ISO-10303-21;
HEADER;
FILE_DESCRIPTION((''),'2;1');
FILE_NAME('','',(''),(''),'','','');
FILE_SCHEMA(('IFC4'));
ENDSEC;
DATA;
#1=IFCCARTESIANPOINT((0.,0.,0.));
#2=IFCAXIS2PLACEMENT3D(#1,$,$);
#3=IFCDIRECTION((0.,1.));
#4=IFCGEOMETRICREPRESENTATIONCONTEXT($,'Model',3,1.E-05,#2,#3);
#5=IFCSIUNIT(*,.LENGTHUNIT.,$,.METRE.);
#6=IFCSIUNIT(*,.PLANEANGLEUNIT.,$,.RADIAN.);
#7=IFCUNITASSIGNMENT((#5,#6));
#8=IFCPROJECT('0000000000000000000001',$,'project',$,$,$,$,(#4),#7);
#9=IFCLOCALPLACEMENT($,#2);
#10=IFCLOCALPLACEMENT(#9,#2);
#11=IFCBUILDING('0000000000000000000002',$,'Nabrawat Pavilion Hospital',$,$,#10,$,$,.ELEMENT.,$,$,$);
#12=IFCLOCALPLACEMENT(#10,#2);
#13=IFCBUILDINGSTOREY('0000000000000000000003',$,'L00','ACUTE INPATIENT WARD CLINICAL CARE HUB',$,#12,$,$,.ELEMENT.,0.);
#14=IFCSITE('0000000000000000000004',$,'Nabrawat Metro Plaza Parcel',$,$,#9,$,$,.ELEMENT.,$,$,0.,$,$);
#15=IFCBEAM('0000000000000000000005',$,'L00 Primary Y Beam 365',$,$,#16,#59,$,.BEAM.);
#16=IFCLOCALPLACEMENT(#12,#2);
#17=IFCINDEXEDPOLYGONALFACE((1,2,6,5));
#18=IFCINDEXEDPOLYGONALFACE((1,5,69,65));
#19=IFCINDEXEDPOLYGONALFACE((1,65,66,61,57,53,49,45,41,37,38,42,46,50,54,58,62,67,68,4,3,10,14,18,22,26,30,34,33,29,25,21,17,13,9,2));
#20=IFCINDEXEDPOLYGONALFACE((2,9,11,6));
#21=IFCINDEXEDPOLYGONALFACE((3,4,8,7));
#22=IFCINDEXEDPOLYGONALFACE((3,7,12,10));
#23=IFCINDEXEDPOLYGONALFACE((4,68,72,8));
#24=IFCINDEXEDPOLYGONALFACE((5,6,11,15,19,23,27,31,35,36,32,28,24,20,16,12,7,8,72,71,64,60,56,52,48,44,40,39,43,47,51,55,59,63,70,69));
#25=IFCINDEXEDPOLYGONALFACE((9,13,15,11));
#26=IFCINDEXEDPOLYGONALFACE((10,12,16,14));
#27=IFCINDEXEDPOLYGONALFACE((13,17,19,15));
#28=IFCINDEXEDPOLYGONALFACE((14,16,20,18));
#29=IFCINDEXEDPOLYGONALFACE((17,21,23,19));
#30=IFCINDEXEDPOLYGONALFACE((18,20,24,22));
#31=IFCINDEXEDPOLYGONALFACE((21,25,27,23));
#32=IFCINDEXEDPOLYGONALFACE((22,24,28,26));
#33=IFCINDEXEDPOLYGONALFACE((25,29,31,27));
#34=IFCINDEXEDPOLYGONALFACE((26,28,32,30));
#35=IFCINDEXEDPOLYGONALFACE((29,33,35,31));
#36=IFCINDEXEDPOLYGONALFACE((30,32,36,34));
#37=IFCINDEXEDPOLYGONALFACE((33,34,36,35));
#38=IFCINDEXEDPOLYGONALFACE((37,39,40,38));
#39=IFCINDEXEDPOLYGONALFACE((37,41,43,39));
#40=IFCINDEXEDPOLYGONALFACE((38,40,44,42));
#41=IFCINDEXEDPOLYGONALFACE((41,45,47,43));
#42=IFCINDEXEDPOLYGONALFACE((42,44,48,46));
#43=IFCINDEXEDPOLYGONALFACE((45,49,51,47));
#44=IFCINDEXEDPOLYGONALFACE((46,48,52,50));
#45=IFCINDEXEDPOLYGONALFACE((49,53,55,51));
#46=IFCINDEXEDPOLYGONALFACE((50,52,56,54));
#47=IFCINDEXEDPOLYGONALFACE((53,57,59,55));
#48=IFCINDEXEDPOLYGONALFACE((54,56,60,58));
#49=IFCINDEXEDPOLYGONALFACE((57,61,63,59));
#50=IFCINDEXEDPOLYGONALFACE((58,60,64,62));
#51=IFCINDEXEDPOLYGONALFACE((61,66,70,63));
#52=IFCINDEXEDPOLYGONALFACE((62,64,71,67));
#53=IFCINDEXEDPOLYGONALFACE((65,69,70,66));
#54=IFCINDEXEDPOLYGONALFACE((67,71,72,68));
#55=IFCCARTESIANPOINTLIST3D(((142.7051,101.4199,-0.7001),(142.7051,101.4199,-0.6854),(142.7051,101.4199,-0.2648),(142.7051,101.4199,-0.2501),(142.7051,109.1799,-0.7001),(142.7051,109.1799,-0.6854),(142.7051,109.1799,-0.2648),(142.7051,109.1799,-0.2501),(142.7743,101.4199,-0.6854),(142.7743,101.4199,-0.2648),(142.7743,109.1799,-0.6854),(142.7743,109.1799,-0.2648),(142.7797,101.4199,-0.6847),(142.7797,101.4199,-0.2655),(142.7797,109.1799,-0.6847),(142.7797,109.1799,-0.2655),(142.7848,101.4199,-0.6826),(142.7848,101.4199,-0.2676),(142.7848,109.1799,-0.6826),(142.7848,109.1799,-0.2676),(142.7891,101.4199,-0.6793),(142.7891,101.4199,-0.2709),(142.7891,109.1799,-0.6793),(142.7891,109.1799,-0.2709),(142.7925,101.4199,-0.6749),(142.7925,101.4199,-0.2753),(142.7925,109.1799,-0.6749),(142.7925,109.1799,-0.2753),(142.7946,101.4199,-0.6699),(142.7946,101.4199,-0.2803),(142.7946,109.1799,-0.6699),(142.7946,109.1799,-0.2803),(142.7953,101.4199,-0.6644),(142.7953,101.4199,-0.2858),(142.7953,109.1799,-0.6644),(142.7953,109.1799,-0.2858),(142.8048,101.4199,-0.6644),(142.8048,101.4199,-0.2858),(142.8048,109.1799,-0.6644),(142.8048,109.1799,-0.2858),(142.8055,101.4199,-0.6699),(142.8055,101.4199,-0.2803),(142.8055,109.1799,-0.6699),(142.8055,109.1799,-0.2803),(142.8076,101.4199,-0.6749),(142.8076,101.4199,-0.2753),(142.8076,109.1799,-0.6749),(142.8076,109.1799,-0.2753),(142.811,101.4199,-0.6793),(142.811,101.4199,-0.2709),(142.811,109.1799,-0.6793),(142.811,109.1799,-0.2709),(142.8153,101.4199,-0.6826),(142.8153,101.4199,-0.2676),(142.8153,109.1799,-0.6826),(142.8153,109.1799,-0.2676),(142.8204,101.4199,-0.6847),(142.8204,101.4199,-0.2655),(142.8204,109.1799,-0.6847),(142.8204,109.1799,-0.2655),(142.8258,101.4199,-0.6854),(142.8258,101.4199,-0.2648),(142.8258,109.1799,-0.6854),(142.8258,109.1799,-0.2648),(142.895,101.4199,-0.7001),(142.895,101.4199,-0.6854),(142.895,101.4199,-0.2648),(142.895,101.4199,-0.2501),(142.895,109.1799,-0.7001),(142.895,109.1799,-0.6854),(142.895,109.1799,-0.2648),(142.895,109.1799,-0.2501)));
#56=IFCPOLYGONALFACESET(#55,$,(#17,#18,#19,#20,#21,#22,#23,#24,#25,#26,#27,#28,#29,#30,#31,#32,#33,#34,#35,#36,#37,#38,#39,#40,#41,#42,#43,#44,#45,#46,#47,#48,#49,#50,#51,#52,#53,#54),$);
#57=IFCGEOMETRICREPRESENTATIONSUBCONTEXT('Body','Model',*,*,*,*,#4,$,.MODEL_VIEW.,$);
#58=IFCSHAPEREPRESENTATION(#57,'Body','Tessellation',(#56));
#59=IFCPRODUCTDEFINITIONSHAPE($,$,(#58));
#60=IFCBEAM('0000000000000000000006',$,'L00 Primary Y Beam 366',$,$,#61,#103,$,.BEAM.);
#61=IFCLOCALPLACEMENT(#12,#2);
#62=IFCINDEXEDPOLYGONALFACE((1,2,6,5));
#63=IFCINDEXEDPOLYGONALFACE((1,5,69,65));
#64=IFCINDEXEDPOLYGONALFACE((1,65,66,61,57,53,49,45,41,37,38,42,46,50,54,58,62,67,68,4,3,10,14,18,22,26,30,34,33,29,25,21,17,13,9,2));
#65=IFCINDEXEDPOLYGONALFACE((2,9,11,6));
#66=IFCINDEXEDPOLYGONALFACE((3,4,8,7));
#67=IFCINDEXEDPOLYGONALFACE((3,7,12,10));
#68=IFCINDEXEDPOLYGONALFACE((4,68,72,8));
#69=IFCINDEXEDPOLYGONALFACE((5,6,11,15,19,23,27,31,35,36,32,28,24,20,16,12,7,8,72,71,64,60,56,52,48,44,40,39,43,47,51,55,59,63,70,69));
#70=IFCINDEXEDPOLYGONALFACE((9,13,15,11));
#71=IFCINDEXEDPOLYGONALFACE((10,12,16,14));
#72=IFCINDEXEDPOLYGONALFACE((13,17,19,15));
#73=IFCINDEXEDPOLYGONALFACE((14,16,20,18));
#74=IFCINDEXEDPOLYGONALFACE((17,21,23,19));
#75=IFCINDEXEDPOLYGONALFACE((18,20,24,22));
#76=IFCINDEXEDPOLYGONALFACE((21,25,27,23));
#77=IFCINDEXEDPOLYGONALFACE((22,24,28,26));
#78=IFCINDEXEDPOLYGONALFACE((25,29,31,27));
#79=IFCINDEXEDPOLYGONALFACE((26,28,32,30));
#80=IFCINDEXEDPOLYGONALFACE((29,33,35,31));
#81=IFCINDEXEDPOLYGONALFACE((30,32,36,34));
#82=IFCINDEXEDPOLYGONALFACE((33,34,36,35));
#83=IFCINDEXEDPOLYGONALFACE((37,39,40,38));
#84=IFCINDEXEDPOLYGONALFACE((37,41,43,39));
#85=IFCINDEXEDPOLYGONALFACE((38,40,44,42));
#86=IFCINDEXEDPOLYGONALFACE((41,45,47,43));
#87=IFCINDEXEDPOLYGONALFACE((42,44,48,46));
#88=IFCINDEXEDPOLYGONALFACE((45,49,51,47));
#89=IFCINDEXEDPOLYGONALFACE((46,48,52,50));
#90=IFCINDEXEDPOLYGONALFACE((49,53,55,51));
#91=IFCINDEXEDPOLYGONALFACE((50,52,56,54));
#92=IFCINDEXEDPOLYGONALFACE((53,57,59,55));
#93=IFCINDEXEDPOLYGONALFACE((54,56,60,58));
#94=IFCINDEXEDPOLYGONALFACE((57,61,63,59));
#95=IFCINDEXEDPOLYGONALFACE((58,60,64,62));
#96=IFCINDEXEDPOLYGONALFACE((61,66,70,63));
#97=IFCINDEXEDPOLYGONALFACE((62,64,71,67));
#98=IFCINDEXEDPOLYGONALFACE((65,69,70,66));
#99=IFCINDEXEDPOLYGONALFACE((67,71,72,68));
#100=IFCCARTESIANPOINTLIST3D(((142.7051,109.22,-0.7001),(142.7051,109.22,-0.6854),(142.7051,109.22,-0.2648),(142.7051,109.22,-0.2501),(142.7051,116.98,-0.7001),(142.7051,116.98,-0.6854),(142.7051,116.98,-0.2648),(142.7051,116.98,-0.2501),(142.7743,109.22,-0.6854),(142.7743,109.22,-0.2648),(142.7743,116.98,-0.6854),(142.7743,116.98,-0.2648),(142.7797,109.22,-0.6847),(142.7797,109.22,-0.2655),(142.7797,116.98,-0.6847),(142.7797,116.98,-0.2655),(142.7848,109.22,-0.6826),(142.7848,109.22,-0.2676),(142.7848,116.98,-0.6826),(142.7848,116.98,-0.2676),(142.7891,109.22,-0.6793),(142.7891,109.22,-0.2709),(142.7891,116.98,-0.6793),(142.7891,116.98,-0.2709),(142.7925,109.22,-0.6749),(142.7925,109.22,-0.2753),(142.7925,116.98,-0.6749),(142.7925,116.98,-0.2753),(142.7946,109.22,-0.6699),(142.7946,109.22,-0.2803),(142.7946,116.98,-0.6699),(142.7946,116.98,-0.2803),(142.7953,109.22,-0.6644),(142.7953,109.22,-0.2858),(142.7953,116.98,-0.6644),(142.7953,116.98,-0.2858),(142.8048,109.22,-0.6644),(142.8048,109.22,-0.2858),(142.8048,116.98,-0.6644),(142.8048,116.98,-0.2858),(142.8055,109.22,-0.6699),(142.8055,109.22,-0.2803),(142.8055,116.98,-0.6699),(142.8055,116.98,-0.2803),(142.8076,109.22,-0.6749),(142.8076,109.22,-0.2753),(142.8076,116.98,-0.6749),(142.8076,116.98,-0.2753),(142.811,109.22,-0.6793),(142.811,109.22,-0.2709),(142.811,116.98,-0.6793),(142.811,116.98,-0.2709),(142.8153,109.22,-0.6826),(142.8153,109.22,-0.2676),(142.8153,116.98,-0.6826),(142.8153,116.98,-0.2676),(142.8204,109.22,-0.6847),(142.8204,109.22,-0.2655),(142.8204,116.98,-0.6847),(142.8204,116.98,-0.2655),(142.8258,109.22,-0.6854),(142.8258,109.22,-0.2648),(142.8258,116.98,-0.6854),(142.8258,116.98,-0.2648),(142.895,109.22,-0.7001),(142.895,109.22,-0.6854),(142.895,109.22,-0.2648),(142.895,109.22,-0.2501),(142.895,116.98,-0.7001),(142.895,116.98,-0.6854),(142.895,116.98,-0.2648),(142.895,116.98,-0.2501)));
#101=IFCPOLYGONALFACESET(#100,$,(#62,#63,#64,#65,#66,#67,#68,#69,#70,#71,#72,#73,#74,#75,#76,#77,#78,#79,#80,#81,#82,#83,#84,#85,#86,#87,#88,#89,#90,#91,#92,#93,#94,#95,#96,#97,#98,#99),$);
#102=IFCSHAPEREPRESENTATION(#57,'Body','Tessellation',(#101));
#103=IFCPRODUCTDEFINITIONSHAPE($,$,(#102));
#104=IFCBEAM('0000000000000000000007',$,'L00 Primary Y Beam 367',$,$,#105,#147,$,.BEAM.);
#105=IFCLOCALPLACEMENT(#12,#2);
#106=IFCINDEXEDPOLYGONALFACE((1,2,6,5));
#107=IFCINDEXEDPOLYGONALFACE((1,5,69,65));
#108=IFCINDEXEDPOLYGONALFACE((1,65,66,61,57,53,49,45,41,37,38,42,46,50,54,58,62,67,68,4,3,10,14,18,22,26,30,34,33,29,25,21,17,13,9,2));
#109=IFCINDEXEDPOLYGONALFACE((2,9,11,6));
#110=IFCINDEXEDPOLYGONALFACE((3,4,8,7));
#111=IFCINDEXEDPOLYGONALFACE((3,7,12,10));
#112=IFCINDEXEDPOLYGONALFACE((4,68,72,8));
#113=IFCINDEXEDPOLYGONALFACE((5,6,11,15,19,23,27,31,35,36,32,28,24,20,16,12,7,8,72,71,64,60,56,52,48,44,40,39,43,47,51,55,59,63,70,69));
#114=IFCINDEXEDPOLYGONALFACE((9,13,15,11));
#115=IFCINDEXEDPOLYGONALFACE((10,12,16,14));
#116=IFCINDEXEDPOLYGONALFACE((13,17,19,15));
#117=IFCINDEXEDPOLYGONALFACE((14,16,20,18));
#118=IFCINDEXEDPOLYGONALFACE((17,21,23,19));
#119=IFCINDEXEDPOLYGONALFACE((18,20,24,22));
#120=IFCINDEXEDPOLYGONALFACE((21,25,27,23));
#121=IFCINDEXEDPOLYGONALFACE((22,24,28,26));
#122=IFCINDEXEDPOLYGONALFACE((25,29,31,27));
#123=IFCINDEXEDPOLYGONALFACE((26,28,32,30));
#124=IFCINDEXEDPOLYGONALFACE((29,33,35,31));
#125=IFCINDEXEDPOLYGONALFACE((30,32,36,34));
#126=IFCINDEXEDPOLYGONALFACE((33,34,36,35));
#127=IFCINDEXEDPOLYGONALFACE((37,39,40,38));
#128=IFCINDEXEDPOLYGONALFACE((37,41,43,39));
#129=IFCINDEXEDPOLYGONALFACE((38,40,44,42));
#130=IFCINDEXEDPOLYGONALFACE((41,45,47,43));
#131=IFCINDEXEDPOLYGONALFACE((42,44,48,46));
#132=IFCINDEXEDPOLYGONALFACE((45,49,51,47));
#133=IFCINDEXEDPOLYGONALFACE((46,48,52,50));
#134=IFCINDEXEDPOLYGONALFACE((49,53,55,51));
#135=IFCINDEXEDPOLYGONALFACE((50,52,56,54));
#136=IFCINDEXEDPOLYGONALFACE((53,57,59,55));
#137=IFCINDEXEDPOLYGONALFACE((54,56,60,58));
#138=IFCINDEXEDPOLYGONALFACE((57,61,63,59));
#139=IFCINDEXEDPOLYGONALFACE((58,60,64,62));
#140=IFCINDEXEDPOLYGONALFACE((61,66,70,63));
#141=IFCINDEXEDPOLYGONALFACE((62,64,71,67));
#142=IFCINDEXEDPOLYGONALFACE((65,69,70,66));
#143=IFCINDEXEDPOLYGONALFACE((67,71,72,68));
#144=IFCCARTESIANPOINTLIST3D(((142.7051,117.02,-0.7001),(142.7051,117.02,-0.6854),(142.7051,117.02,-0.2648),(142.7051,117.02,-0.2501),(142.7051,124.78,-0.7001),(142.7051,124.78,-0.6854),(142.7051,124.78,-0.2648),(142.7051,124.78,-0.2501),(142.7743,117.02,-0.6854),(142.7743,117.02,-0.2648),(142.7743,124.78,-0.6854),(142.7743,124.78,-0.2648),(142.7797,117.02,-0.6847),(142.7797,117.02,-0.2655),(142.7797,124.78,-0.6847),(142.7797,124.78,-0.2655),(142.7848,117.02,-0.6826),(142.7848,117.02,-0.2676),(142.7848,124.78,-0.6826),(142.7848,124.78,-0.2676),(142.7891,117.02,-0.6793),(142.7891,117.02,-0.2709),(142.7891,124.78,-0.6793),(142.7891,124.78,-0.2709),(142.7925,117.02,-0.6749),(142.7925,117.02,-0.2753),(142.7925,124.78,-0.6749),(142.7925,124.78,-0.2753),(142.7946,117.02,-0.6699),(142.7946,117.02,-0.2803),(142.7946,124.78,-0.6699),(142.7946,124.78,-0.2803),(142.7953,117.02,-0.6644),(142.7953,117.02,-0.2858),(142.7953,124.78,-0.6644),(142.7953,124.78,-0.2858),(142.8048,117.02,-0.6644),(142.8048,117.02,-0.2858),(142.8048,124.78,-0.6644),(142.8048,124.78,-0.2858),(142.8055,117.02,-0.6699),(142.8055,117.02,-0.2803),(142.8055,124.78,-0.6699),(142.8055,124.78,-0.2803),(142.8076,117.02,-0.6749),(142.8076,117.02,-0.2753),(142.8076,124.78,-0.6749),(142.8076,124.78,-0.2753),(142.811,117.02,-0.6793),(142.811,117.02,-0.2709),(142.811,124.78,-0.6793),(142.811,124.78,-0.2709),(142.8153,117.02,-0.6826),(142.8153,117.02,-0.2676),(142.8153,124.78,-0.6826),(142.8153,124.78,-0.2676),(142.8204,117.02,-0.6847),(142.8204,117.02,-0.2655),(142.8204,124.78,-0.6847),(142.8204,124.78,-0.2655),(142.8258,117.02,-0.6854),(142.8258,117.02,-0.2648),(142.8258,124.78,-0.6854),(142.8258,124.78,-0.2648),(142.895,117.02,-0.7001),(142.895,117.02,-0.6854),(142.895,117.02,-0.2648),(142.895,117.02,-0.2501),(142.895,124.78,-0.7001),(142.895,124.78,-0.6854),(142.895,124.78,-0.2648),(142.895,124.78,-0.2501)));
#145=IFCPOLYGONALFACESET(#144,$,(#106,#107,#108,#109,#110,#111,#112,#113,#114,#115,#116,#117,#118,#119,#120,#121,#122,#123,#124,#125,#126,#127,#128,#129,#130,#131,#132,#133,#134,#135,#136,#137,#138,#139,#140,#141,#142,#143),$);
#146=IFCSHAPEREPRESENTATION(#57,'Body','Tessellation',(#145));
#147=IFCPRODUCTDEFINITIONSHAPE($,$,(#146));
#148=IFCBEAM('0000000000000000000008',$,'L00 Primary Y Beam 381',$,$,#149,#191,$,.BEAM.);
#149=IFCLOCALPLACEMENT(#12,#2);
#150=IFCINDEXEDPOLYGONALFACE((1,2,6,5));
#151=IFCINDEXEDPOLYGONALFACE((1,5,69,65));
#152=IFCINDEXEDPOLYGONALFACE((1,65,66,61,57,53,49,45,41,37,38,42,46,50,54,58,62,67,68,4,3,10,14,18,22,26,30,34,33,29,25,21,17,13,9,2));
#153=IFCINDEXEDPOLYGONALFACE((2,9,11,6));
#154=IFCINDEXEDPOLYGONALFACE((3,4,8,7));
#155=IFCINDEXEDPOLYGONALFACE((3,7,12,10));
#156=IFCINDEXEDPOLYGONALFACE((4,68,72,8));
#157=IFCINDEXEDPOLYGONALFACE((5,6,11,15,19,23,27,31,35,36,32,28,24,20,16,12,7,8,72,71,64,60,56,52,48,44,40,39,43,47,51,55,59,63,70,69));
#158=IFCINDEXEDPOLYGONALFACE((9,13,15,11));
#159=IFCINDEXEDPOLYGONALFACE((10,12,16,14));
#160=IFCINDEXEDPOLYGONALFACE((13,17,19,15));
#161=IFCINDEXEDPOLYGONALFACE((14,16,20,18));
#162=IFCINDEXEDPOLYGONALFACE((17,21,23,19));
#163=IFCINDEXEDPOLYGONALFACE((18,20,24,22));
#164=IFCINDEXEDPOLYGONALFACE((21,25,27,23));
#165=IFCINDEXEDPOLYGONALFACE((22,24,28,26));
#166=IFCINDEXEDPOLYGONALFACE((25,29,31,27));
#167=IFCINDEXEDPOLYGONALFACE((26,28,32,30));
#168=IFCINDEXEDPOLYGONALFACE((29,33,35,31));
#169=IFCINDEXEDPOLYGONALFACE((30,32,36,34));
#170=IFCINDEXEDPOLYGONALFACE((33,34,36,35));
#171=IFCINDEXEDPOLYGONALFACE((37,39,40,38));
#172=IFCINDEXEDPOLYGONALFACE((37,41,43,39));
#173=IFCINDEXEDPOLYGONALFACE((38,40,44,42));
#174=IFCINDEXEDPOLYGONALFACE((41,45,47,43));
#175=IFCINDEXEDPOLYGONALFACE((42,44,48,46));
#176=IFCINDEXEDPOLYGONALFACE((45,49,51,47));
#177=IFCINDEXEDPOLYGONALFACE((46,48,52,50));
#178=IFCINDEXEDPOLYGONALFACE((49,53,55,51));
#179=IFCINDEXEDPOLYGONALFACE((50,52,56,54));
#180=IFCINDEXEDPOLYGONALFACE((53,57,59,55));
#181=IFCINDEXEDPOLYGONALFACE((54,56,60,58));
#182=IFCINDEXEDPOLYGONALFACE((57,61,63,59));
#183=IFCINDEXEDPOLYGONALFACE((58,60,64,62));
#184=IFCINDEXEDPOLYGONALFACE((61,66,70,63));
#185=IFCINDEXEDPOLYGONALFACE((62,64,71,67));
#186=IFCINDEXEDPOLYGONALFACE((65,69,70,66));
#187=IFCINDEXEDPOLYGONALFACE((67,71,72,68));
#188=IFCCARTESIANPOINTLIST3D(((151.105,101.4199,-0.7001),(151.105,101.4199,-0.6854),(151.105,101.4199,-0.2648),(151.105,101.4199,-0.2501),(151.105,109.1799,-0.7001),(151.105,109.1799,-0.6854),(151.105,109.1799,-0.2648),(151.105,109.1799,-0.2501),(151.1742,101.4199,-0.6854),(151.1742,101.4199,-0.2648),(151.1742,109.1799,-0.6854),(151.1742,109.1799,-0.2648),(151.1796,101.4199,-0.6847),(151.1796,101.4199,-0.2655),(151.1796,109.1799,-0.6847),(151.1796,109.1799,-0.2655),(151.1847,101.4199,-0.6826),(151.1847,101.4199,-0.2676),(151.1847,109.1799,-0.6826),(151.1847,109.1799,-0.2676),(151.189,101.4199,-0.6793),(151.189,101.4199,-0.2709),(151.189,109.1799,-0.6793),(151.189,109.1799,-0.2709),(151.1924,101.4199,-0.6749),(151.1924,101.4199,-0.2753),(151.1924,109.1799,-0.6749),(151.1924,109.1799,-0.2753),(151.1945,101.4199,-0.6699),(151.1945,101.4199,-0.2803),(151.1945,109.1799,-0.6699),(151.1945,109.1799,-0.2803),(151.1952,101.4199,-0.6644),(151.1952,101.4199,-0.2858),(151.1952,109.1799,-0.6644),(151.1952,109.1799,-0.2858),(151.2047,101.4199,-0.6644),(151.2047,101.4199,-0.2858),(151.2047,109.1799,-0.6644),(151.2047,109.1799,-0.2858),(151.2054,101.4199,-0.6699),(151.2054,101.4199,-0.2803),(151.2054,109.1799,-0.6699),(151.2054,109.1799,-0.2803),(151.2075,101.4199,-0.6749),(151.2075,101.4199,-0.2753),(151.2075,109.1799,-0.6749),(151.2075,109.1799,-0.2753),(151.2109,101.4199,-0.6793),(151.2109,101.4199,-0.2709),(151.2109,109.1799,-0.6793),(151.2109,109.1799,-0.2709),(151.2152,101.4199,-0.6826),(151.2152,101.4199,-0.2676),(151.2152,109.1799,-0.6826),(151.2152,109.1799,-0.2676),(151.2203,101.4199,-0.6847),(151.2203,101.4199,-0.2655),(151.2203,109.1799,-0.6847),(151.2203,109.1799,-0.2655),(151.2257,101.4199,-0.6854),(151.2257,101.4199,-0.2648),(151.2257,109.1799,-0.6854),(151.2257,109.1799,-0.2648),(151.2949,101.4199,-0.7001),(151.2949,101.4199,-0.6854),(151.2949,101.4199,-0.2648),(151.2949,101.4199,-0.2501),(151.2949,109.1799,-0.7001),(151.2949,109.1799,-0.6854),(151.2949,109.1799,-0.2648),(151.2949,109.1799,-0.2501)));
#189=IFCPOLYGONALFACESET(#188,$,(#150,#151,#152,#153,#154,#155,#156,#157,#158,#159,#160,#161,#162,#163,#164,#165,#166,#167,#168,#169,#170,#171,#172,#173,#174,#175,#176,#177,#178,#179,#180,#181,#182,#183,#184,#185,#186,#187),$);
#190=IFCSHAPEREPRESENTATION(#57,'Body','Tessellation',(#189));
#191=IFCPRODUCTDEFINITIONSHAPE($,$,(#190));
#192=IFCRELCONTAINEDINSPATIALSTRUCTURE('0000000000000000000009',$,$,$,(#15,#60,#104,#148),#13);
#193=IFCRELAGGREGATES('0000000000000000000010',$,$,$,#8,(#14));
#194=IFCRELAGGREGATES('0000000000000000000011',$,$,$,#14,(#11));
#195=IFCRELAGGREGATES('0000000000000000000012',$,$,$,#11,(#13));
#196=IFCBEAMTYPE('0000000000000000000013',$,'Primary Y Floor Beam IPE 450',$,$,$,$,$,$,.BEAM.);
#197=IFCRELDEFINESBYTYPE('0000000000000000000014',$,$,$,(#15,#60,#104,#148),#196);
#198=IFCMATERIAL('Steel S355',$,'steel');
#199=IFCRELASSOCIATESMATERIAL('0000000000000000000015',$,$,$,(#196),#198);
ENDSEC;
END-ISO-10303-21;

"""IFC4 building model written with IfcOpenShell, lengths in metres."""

from ifc_helpers import new_model, si_unit, direction, frame, origin, origin_2d, place, context, subcontext, project, spatial, i_section, extrude, material, material_profile, profile_set, type_object, element, save


model = new_model("IFC4")

# Units and contexts
model_context = context("Model", 3, precision=1e-05, world=origin(), true_north=direction((0.0, 1.0)))
body_context = subcontext(model_context, "Body", "Model", "MODEL_VIEW")
ifc_project = project(units=[si_unit("LENGTHUNIT", "METRE"), si_unit("PLANEANGLEUNIT", "RADIAN")], contexts=[model_context])

# Site, building, storey
site_placement = place(None, origin())
site = spatial("IfcSite", under=ifc_project, at=site_placement, Name="Nabrawat Metro Plaza Parcel", CompositionType="ELEMENT", RefElevation=0.0)
building_placement = place(site_placement, origin())
building = spatial("IfcBuilding", under=site, at=building_placement, Name="Nabrawat Pavilion Hospital", CompositionType="ELEMENT")
storey_placement = place(building_placement, origin())
storey = spatial("IfcBuildingStorey", under=building, at=storey_placement, Name="L00", Description="ACUTE INPATIENT WARD CLINICAL CARE HUB", CompositionType="ELEMENT", Elevation=0.0)

# Beams
ifc_material_1 = material(Name="Steel S355", Category="steel")
ifc_material_profile_1 = material_profile(ifc_material_1, i_section(OverallWidth=0.1899, OverallDepth=0.45, WebThickness=0.0095, FlangeThickness=0.0146, FilletRadius=0.021, at=origin_2d()), Name="IPE 450")
ifc_profile_set_1 = profile_set([ifc_material_profile_1], Name="Steel S355")
beam_type_1 = type_object("IfcBeamType", Name="Primary Y Floor Beam IPE 450", PredefinedType="BEAM", material=ifc_profile_set_1)
for number, where, z_axis, x_axis, name in (
    (1, (142.8, 101.4199, -0.4751), (0.0, 1.0, 0.0), (-1.0, 0.0, 0.0), "L00 Primary Y Beam 365"),
    (2, (142.8, 109.22, -0.4751), (0.0, 1.0, 0.0), (-1.0, 0.0, 0.0), "L00 Primary Y Beam 366"),
    (3, (142.8, 117.02, -0.4751), (0.0, 1.0, 0.0), (-1.0, 0.0, 0.0), "L00 Primary Y Beam 367"),
    (4, (151.2, 101.4199, -0.4751), (0.0, 1.0, 0.0), (-1.0, 0.0, 0.0), "L00 Primary Y Beam 381"),
):
    element("IfcBeam", number, at=place(storey_placement, frame(where, z_axis=z_axis, x_axis=x_axis)), inside=storey, type_object=beam_type_1, Name=name, PredefinedType="BEAM", context=body_context, shape_type="SweptSolid", body=[
        extrude(i_section(OverallWidth=0.1899, OverallDepth=0.45, WebThickness=0.0095, FlangeThickness=0.0146, FilletRadius=0.021, at=origin_2d()), origin(), (0.0, 0.0, 1.0), 7.76),
    ])

save(model, "model.ifc")
